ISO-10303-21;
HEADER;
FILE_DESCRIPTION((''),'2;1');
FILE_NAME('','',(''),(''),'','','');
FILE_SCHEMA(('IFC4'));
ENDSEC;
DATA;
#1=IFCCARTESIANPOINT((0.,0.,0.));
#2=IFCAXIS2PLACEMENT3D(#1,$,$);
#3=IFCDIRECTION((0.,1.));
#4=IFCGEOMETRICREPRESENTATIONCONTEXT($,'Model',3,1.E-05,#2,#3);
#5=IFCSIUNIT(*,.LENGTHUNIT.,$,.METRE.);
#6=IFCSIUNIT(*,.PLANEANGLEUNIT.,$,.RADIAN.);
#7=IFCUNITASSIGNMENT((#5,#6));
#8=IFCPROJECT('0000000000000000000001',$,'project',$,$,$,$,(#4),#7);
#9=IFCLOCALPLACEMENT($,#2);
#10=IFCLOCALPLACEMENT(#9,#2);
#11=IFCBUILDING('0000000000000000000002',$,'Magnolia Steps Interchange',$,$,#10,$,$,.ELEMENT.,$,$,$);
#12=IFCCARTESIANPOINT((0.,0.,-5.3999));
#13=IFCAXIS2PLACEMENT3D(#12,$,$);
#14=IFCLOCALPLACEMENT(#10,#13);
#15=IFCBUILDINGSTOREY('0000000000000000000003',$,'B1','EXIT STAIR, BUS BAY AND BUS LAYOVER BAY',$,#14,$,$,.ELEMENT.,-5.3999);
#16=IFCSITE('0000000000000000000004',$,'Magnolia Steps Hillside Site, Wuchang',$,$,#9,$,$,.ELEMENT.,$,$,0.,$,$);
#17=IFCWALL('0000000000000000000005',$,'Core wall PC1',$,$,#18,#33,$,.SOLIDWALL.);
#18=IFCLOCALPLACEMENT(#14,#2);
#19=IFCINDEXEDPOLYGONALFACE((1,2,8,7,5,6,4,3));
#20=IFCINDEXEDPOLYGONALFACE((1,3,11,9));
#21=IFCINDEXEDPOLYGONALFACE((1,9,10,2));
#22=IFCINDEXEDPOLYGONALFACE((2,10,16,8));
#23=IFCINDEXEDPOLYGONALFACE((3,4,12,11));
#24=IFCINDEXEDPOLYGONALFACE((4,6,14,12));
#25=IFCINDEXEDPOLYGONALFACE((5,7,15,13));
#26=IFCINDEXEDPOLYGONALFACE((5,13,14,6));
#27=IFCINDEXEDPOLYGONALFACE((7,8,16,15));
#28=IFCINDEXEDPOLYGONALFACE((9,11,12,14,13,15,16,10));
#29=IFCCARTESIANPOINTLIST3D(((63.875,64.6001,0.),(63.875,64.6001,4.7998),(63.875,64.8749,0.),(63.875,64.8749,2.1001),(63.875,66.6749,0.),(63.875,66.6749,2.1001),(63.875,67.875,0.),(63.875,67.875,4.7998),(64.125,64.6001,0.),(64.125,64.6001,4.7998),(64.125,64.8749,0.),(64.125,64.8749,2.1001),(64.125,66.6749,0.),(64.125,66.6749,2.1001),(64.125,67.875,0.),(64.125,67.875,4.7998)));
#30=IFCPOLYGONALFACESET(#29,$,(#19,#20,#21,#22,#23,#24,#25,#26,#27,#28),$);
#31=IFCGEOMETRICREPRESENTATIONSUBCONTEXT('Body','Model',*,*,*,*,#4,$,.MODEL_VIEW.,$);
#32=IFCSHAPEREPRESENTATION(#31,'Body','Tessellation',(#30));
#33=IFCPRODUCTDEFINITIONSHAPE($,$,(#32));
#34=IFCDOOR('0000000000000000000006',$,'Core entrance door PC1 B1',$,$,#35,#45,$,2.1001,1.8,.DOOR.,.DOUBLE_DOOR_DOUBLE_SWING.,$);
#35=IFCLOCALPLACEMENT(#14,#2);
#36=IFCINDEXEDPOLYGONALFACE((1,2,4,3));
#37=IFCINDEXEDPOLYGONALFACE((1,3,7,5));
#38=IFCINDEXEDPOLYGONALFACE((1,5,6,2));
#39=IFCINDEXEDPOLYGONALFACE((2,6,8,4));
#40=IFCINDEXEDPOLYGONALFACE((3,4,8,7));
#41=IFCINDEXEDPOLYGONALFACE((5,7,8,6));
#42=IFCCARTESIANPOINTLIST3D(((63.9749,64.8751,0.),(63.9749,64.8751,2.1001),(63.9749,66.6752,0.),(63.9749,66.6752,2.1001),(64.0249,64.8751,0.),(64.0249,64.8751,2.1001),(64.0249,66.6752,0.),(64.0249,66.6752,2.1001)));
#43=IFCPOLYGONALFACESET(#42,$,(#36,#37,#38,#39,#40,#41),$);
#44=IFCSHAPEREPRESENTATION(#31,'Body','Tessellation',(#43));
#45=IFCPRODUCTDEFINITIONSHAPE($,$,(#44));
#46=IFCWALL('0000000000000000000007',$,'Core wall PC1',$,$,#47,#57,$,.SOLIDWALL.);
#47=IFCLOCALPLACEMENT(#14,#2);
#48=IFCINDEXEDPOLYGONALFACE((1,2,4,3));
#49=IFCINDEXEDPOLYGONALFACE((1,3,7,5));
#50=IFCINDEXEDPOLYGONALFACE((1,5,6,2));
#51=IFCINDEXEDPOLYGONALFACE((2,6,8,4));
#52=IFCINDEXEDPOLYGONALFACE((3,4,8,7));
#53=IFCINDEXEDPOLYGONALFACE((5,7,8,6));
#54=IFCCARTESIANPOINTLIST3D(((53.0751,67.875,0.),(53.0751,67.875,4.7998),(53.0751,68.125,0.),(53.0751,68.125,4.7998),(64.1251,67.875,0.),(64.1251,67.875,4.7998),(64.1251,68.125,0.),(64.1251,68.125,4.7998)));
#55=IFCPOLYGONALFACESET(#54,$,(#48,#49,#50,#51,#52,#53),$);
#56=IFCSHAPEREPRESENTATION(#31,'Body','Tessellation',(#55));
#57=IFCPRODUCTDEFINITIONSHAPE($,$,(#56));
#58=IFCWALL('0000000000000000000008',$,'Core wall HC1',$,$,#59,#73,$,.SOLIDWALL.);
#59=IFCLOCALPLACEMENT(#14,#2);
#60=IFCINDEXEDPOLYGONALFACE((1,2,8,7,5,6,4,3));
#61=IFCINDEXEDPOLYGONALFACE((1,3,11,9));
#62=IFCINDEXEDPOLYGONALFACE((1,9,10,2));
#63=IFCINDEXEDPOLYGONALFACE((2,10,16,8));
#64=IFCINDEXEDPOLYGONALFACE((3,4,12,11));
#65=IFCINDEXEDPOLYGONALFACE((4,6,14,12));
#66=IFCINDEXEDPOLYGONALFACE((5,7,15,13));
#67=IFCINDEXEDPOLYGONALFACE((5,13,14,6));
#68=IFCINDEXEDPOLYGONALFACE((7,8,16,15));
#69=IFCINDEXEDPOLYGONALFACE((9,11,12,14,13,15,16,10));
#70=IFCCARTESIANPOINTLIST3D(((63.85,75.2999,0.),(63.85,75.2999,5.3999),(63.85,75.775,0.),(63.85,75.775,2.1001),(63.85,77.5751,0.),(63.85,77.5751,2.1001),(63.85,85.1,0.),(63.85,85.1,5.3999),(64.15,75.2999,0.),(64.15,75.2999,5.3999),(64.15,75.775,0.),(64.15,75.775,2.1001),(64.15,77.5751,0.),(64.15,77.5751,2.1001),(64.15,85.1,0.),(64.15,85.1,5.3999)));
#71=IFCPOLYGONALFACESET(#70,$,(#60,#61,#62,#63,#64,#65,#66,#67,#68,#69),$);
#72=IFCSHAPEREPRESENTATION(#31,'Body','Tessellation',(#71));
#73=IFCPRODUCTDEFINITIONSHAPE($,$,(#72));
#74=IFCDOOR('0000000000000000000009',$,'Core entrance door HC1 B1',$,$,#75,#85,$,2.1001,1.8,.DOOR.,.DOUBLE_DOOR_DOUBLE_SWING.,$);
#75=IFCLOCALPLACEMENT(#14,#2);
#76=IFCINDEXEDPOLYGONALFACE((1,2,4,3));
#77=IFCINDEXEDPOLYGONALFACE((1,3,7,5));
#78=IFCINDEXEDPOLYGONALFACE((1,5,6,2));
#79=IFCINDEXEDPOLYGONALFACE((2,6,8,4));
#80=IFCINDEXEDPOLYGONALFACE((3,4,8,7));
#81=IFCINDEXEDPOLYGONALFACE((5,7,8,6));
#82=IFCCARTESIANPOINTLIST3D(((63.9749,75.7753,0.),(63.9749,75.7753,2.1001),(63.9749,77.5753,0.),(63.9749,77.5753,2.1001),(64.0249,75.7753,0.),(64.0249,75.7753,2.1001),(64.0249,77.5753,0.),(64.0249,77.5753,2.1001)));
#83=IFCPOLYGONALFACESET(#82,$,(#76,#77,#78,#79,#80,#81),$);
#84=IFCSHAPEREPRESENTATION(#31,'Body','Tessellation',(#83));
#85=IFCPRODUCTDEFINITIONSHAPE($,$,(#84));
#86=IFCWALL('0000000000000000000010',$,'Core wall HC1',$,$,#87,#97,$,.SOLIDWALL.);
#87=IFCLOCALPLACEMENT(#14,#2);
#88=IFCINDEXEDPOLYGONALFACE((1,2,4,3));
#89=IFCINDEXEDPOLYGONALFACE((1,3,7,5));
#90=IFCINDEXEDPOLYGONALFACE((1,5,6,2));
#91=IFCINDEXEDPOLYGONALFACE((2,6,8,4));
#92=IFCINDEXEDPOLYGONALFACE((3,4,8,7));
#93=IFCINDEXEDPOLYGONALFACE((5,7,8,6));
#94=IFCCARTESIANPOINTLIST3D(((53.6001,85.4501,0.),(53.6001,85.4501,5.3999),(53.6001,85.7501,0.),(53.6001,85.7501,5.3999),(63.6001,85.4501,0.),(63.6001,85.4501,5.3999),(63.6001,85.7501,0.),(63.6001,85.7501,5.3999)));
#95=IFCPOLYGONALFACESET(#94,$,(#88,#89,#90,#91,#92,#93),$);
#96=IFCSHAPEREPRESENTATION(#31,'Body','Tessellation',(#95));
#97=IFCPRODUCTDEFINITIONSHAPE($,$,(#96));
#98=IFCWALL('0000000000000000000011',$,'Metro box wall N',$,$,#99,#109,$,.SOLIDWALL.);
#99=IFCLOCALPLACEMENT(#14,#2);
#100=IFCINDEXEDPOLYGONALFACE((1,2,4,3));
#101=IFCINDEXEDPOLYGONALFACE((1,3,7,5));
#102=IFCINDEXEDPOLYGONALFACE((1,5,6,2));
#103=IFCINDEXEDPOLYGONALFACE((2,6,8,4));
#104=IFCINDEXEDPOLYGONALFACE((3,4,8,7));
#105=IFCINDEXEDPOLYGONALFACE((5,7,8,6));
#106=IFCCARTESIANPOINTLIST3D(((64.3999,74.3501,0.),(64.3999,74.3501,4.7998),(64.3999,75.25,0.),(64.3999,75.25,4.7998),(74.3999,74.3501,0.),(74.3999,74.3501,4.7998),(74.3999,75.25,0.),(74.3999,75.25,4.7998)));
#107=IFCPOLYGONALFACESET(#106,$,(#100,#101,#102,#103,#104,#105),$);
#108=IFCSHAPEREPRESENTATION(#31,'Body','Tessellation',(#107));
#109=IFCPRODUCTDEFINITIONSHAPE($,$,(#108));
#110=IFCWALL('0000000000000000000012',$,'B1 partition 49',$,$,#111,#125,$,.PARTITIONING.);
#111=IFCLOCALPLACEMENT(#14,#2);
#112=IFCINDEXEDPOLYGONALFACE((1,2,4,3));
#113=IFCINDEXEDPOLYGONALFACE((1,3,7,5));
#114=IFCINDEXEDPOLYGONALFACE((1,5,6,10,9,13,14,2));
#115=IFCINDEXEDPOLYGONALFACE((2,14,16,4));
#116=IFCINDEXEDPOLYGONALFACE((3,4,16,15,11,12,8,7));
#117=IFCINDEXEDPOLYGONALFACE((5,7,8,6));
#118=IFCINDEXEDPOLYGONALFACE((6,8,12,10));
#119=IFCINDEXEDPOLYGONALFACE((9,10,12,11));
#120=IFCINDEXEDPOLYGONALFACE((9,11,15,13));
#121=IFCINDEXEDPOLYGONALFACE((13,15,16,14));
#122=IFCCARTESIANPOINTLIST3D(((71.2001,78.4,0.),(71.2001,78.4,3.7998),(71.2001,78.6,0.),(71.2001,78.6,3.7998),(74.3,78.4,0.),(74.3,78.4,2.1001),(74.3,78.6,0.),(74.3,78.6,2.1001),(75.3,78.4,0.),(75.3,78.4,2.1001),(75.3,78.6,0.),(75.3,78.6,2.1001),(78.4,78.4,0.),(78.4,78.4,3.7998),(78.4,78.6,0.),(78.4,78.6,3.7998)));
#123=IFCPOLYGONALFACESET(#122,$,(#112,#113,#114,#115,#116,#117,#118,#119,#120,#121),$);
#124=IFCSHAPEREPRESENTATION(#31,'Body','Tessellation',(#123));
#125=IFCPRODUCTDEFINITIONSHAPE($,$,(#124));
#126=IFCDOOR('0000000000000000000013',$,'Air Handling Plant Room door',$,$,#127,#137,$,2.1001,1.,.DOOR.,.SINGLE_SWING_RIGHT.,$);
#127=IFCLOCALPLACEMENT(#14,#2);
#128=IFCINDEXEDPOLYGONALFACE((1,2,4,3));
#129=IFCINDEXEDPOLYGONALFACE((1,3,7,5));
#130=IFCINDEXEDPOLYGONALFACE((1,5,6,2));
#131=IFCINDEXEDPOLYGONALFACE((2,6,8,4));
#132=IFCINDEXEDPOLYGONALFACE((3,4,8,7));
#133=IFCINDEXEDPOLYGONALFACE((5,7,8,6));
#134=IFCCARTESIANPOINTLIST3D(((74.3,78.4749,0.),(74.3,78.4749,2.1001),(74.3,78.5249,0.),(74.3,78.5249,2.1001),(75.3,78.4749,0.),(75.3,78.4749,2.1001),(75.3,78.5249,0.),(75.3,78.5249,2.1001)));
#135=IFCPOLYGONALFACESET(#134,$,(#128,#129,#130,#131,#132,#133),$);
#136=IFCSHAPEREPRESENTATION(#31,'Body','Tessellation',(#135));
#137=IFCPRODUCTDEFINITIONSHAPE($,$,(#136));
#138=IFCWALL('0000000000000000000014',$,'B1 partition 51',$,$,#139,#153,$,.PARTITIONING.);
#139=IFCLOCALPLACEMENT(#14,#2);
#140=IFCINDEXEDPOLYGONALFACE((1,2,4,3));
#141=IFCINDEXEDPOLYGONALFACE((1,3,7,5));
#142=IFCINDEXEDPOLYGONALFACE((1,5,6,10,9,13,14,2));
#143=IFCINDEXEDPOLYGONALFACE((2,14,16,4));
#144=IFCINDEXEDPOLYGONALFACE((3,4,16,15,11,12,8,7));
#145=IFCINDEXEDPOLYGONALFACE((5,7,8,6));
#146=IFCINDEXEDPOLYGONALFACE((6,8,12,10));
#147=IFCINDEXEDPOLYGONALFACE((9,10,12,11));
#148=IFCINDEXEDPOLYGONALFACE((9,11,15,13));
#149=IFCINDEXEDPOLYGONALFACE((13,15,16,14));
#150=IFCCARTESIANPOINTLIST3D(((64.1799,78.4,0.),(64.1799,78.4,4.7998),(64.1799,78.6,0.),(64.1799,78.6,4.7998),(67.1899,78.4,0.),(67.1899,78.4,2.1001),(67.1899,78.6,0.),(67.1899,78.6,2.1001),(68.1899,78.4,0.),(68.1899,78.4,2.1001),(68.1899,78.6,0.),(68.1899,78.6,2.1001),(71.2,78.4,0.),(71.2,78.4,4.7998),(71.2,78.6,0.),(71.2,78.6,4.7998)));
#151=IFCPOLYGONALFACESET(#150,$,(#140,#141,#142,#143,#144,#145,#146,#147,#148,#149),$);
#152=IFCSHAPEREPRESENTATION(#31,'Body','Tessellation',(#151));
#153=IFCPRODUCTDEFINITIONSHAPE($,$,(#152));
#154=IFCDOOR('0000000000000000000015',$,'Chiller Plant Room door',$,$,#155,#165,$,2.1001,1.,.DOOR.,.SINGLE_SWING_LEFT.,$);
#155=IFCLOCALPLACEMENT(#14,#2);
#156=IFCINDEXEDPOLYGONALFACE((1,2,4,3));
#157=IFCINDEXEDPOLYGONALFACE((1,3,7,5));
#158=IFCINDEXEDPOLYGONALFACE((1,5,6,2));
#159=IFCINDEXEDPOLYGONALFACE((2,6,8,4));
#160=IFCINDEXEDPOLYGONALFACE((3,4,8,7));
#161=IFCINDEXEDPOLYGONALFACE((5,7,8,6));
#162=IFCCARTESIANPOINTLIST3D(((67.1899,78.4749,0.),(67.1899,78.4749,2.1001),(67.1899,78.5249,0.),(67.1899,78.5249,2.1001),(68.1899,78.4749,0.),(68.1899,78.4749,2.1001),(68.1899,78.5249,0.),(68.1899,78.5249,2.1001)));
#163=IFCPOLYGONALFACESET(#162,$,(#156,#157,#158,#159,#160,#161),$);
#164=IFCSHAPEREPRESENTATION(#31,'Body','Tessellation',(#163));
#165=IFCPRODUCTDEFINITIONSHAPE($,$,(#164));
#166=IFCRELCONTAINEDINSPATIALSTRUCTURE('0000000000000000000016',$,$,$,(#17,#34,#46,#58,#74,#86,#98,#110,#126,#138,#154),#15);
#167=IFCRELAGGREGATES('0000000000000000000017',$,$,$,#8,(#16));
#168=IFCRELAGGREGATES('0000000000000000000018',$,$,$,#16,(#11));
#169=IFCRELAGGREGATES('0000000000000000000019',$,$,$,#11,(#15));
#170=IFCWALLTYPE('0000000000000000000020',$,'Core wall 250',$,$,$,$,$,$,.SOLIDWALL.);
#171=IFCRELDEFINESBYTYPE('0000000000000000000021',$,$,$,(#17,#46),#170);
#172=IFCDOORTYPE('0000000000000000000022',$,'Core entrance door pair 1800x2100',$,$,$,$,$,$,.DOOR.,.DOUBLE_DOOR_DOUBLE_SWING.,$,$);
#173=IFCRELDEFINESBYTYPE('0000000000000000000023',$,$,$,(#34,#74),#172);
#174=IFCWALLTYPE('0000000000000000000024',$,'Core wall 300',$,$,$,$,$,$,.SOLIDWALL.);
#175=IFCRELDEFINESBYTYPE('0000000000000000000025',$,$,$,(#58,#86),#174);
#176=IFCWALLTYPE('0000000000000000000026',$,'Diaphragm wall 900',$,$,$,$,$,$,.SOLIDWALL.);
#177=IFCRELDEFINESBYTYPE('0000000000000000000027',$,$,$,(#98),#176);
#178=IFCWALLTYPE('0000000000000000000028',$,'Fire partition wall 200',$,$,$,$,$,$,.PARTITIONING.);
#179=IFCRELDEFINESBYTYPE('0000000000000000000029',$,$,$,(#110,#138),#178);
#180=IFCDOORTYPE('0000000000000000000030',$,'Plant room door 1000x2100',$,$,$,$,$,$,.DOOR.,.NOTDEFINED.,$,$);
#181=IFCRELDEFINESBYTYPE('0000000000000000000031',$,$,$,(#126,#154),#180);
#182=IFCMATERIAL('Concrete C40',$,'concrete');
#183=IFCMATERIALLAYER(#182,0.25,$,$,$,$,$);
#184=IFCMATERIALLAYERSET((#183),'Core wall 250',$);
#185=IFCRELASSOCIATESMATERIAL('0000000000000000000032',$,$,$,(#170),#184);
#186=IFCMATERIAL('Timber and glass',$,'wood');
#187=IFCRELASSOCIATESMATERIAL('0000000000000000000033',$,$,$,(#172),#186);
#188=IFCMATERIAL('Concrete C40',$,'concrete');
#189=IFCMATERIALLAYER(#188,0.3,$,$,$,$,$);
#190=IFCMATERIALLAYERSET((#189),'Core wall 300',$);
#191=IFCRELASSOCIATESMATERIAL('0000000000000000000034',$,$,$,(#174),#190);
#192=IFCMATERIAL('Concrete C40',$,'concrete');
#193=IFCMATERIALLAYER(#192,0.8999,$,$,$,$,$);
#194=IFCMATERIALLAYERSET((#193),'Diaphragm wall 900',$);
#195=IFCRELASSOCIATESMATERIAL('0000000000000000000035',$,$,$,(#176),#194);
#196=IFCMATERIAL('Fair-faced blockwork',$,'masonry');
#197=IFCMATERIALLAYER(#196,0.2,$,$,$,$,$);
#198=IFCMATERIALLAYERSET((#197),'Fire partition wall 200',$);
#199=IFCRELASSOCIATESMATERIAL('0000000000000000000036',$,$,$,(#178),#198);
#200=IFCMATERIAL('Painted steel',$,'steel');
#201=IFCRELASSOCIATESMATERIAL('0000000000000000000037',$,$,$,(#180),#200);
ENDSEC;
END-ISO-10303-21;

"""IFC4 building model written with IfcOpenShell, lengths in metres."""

from ifc_helpers import new_model, si_unit, direction, frame, frame_2d, origin, place, context, subcontext, project, spatial, rectangle, extrude, material, layer, layer_set, type_object, element, fill, save


model = new_model("IFC4")

# Units and contexts
model_context = context("Model", 3, precision=1e-05, world=origin(), true_north=direction((0.0, 1.0)))
body_context = subcontext(model_context, "Body", "Model", "MODEL_VIEW")
ifc_project = project(units=[si_unit("LENGTHUNIT", "METRE"), si_unit("PLANEANGLEUNIT", "RADIAN")], contexts=[model_context])

# Site, building, storey
site_placement = place(None, origin())
site = spatial("IfcSite", under=ifc_project, at=site_placement, Name="Magnolia Steps Hillside Site, Wuchang", CompositionType="ELEMENT", RefElevation=0.0)
building_placement = place(site_placement, origin())
building = spatial("IfcBuilding", under=site, at=building_placement, Name="Magnolia Steps Interchange", CompositionType="ELEMENT")
storey_placement = place(building_placement, frame((0.0, 0.0, -5.3999)))
storey = spatial("IfcBuildingStorey", under=building, at=storey_placement, Name="B1", Description="EXIT STAIR, BUS BAY AND BUS LAYOVER BAY", CompositionType="ELEMENT", Elevation=-5.3999)

# Wall, opening, door
ifc_material_1 = material(Name="Concrete C40", Category="concrete")
ifc_layer_1 = layer(ifc_material_1, 0.25)
ifc_layer_set_1 = layer_set([ifc_layer_1], Name="Core wall 250")
wall_type_1 = type_object("IfcWallType", Name="Core wall 250", PredefinedType="SOLIDWALL", material=ifc_layer_set_1)
wall_1_placement = place(storey_placement, frame((64.0, 64.6001, 0.0), z_axis=(0.0, 0.0, 1.0), x_axis=(0.0, 1.0, 0.0)))
wall_1 = element("IfcWall", 1, at=wall_1_placement, inside=storey, type_object=wall_type_1, Name="Core wall PC1", PredefinedType="SOLIDWALL", context=body_context, shape_type="SweptSolid", body=[
    extrude(rectangle(XDim=3.2749, YDim=0.25, at=frame_2d((1.6375, 0.0))), origin(), (0.0, 0.0, 1.0), 4.7998),
])
opening_1_placement = place(wall_1_placement, frame((0.2749, 0.0, 0.0)))
opening_1 = element("IfcOpeningElement", 2, at=opening_1_placement, cuts=wall_1, PredefinedType="OPENING", context=body_context, shape_type="SweptSolid", body=[
    extrude(rectangle(XDim=1.8, YDim=2.1001, at=frame_2d((0.8999, 1.05))), frame((0.0, 0.135, 0.0), z_axis=(0.0, -1.0, 0.0), x_axis=(1.0, 0.0, 0.0)), (0.0, 0.0, 1.0), 0.27),
])
ifc_material_2 = material(Name="Timber and glass", Category="wood")
door_type_1 = type_object("IfcDoorType", Name="Core entrance door pair 1800x2100", OperationType="DOUBLE_DOOR_DOUBLE_SWING", PredefinedType="DOOR", material=ifc_material_2)
door_1_placement = place(opening_1_placement, frame((1.8, 0.0, 0.0), z_axis=(0.0, 0.0, 1.0), x_axis=(-1.0, 0.0, 0.0)))
door_1 = element("IfcDoor", 3, at=door_1_placement, inside=storey, type_object=door_type_1, Name="Core entrance door PC1 B1", OperationType="DOUBLE_DOOR_DOUBLE_SWING", OverallHeight=2.1001, OverallWidth=1.8, PredefinedType="DOOR", context=body_context, shape_type="SweptSolid", body=[
    extrude(rectangle(XDim=1.8, YDim=2.1001, at=frame_2d((0.8999, 1.05))), frame((0.0, 0.0249, 0.0), z_axis=(0.0, -1.0, 0.0), x_axis=(1.0, 0.0, 0.0)), (0.0, 0.0, 1.0), 0.05),
])
fill(opening_1, door_1)

# Wall
wall_2_placement = place(storey_placement, frame((64.125, 68.0, 0.0), z_axis=(0.0, 0.0, 1.0), x_axis=(-1.0, 0.0, 0.0)))
element("IfcWall", 4, at=wall_2_placement, inside=storey, type_object=wall_type_1, Name="Core wall PC1", PredefinedType="SOLIDWALL", context=body_context, shape_type="SweptSolid", body=[
    extrude(rectangle(XDim=11.05, YDim=0.25, at=frame_2d((5.5249, 0.0))), origin(), (0.0, 0.0, 1.0), 4.7998),
])

# Wall, opening, door
ifc_material_3 = material(Name="Concrete C40", Category="concrete")
ifc_layer_2 = layer(ifc_material_3, 0.3)
ifc_layer_set_2 = layer_set([ifc_layer_2], Name="Core wall 300")
wall_type_2 = type_object("IfcWallType", Name="Core wall 300", PredefinedType="SOLIDWALL", material=ifc_layer_set_2)
wall_3_placement = place(storey_placement, frame((64.0, 75.3, 0.0), z_axis=(0.0, 0.0, 1.0), x_axis=(0.0, 1.0, 0.0)))
wall_3 = element("IfcWall", 5, at=wall_3_placement, inside=storey, type_object=wall_type_2, Name="Core wall HC1", PredefinedType="SOLIDWALL", context=body_context, shape_type="SweptSolid", body=[
    extrude(rectangle(XDim=9.8, YDim=0.3, at=frame_2d((4.8999, 0.0))), origin(), (0.0, 0.0, 1.0), 5.3999),
])
opening_2_placement = place(wall_3_placement, frame((0.4751, 0.0, 0.0)))
opening_2 = element("IfcOpeningElement", 6, at=opening_2_placement, cuts=wall_3, PredefinedType="OPENING", context=body_context, shape_type="SweptSolid", body=[
    extrude(rectangle(XDim=1.8, YDim=2.1001, at=frame_2d((0.8999, 1.05))), frame((0.0, 0.1599, 0.0), z_axis=(0.0, -1.0, 0.0), x_axis=(1.0, 0.0, 0.0)), (0.0, 0.0, 1.0), 0.3201),
])
door_2_placement = place(opening_2_placement, frame((1.8, 0.0, 0.0), z_axis=(0.0, 0.0, 1.0), x_axis=(-1.0, 0.0, 0.0)))
door_2 = element("IfcDoor", 7, at=door_2_placement, inside=storey, type_object=door_type_1, Name="Core entrance door HC1 B1", OperationType="DOUBLE_DOOR_DOUBLE_SWING", OverallHeight=2.1001, OverallWidth=1.8, PredefinedType="DOOR", context=body_context, shape_type="SweptSolid", body=[
    extrude(rectangle(XDim=1.8, YDim=2.1001, at=frame_2d((0.8999, 1.05))), frame((0.0, 0.0249, 0.0), z_axis=(0.0, -1.0, 0.0), x_axis=(1.0, 0.0, 0.0)), (0.0, 0.0, 1.0), 0.05),
])
fill(opening_2, door_2)

# Walls
wall_4_placement = place(storey_placement, frame((63.6001, 85.6001, 0.0), z_axis=(0.0, 0.0, 1.0), x_axis=(-1.0, 0.0, 0.0)))
element("IfcWall", 8, at=wall_4_placement, inside=storey, type_object=wall_type_2, Name="Core wall HC1", PredefinedType="SOLIDWALL", context=body_context, shape_type="SweptSolid", body=[
    extrude(rectangle(XDim=10.0, YDim=0.3, at=frame_2d((5.0, 0.0))), origin(), (0.0, 0.0, 1.0), 5.3999),
])
ifc_material_4 = material(Name="Concrete C40", Category="concrete")
ifc_layer_3 = layer(ifc_material_4, 0.8999)
ifc_layer_set_3 = layer_set([ifc_layer_3], Name="Diaphragm wall 900")
wall_type_3 = type_object("IfcWallType", Name="Diaphragm wall 900", PredefinedType="SOLIDWALL", material=ifc_layer_set_3)
wall_5_placement = place(storey_placement, frame((74.3999, 74.8, 0.0), z_axis=(0.0, 0.0, 1.0), x_axis=(-1.0, 0.0, 0.0)))
element("IfcWall", 9, at=wall_5_placement, inside=storey, type_object=wall_type_3, Name="Metro box wall N", PredefinedType="SOLIDWALL", context=body_context, shape_type="SweptSolid", body=[
    extrude(rectangle(XDim=10.0, YDim=0.8999, at=frame_2d((5.0, 0.0))), origin(), (0.0, 0.0, 1.0), 4.7998),
])

# Walls, openings, doors
ifc_material_5 = material(Name="Fair-faced blockwork", Category="masonry")
ifc_layer_4 = layer(ifc_material_5, 0.2)
ifc_layer_set_4 = layer_set([ifc_layer_4], Name="Fire partition wall 200")
wall_type_4 = type_object("IfcWallType", Name="Fire partition wall 200", PredefinedType="PARTITIONING", material=ifc_layer_set_4)
wall_6_placement = place(storey_placement, frame((71.2, 78.5, 0.0), z_axis=(0.0, 0.0, 1.0), x_axis=(1.0, 0.0, 0.0)))
wall_6 = element("IfcWall", 10, at=wall_6_placement, inside=storey, type_object=wall_type_4, Name="B1 partition 49", PredefinedType="PARTITIONING", context=body_context, shape_type="SweptSolid", body=[
    extrude(rectangle(XDim=7.2, YDim=0.2, at=frame_2d((3.6001, 0.0))), origin(), (0.0, 0.0, 1.0), 3.7998),
])
opening_3_placement = place(wall_6_placement, frame((3.1001, 0.0, 0.0)))
opening_3 = element("IfcOpeningElement", 11, at=opening_3_placement, cuts=wall_6, PredefinedType="OPENING", context=body_context, shape_type="SweptSolid", body=[
    extrude(rectangle(XDim=1.0, YDim=2.1001, at=frame_2d((0.5, 1.05))), frame((0.0, 0.1099, 0.0), z_axis=(0.0, -1.0, 0.0), x_axis=(1.0, 0.0, 0.0)), (0.0, 0.0, 1.0), 0.22),
])
ifc_material_6 = material(Name="Painted steel", Category="steel")
door_type_2 = type_object("IfcDoorType", Name="Plant room door 1000x2100", OperationType="NOTDEFINED", PredefinedType="DOOR", material=ifc_material_6)
door_3_placement = place(opening_3_placement, origin())
door_3 = element("IfcDoor", 12, at=door_3_placement, inside=storey, type_object=door_type_2, Name="Air Handling Plant Room door", OperationType="SINGLE_SWING_RIGHT", OverallHeight=2.1001, OverallWidth=1.0, PredefinedType="DOOR", context=body_context, shape_type="SweptSolid", body=[
    extrude(rectangle(XDim=1.0, YDim=2.1001, at=frame_2d((0.5, 1.05))), frame((0.0, 0.0249, 0.0), z_axis=(0.0, -1.0, 0.0), x_axis=(1.0, 0.0, 0.0)), (0.0, 0.0, 1.0), 0.05),
])
fill(opening_3, door_3)
wall_7_placement = place(storey_placement, frame((64.1799, 78.5, 0.0), z_axis=(0.0, 0.0, 1.0), x_axis=(1.0, 0.0, 0.0)))
wall_7 = element("IfcWall", 13, at=wall_7_placement, inside=storey, type_object=wall_type_4, Name="B1 partition 51", PredefinedType="PARTITIONING", context=body_context, shape_type="SweptSolid", body=[
    extrude(rectangle(XDim=7.02, YDim=0.2, at=frame_2d((3.51, 0.0))), origin(), (0.0, 0.0, 1.0), 4.7998),
])
opening_4_placement = place(wall_7_placement, frame((3.01, 0.0, 0.0)))
opening_4 = element("IfcOpeningElement", 14, at=opening_4_placement, cuts=wall_7, PredefinedType="OPENING", context=body_context, shape_type="SweptSolid", body=[
    extrude(rectangle(XDim=1.0, YDim=2.1001, at=frame_2d((0.5, 1.05))), frame((0.0, 0.1099, 0.0), z_axis=(0.0, -1.0, 0.0), x_axis=(1.0, 0.0, 0.0)), (0.0, 0.0, 1.0), 0.22),
])
door_4_placement = place(opening_4_placement, origin())
door_4 = element("IfcDoor", 15, at=door_4_placement, inside=storey, type_object=door_type_2, Name="Chiller Plant Room door", OperationType="SINGLE_SWING_LEFT", OverallHeight=2.1001, OverallWidth=1.0, PredefinedType="DOOR", context=body_context, shape_type="SweptSolid", body=[
    extrude(rectangle(XDim=1.0, YDim=2.1001, at=frame_2d((0.5, 1.05))), frame((0.0, 0.0249, 0.0), z_axis=(0.0, -1.0, 0.0), x_axis=(1.0, 0.0, 0.0)), (0.0, 0.0, 1.0), 0.05),
])
fill(opening_4, door_4)

save(model, "model.ifc")
